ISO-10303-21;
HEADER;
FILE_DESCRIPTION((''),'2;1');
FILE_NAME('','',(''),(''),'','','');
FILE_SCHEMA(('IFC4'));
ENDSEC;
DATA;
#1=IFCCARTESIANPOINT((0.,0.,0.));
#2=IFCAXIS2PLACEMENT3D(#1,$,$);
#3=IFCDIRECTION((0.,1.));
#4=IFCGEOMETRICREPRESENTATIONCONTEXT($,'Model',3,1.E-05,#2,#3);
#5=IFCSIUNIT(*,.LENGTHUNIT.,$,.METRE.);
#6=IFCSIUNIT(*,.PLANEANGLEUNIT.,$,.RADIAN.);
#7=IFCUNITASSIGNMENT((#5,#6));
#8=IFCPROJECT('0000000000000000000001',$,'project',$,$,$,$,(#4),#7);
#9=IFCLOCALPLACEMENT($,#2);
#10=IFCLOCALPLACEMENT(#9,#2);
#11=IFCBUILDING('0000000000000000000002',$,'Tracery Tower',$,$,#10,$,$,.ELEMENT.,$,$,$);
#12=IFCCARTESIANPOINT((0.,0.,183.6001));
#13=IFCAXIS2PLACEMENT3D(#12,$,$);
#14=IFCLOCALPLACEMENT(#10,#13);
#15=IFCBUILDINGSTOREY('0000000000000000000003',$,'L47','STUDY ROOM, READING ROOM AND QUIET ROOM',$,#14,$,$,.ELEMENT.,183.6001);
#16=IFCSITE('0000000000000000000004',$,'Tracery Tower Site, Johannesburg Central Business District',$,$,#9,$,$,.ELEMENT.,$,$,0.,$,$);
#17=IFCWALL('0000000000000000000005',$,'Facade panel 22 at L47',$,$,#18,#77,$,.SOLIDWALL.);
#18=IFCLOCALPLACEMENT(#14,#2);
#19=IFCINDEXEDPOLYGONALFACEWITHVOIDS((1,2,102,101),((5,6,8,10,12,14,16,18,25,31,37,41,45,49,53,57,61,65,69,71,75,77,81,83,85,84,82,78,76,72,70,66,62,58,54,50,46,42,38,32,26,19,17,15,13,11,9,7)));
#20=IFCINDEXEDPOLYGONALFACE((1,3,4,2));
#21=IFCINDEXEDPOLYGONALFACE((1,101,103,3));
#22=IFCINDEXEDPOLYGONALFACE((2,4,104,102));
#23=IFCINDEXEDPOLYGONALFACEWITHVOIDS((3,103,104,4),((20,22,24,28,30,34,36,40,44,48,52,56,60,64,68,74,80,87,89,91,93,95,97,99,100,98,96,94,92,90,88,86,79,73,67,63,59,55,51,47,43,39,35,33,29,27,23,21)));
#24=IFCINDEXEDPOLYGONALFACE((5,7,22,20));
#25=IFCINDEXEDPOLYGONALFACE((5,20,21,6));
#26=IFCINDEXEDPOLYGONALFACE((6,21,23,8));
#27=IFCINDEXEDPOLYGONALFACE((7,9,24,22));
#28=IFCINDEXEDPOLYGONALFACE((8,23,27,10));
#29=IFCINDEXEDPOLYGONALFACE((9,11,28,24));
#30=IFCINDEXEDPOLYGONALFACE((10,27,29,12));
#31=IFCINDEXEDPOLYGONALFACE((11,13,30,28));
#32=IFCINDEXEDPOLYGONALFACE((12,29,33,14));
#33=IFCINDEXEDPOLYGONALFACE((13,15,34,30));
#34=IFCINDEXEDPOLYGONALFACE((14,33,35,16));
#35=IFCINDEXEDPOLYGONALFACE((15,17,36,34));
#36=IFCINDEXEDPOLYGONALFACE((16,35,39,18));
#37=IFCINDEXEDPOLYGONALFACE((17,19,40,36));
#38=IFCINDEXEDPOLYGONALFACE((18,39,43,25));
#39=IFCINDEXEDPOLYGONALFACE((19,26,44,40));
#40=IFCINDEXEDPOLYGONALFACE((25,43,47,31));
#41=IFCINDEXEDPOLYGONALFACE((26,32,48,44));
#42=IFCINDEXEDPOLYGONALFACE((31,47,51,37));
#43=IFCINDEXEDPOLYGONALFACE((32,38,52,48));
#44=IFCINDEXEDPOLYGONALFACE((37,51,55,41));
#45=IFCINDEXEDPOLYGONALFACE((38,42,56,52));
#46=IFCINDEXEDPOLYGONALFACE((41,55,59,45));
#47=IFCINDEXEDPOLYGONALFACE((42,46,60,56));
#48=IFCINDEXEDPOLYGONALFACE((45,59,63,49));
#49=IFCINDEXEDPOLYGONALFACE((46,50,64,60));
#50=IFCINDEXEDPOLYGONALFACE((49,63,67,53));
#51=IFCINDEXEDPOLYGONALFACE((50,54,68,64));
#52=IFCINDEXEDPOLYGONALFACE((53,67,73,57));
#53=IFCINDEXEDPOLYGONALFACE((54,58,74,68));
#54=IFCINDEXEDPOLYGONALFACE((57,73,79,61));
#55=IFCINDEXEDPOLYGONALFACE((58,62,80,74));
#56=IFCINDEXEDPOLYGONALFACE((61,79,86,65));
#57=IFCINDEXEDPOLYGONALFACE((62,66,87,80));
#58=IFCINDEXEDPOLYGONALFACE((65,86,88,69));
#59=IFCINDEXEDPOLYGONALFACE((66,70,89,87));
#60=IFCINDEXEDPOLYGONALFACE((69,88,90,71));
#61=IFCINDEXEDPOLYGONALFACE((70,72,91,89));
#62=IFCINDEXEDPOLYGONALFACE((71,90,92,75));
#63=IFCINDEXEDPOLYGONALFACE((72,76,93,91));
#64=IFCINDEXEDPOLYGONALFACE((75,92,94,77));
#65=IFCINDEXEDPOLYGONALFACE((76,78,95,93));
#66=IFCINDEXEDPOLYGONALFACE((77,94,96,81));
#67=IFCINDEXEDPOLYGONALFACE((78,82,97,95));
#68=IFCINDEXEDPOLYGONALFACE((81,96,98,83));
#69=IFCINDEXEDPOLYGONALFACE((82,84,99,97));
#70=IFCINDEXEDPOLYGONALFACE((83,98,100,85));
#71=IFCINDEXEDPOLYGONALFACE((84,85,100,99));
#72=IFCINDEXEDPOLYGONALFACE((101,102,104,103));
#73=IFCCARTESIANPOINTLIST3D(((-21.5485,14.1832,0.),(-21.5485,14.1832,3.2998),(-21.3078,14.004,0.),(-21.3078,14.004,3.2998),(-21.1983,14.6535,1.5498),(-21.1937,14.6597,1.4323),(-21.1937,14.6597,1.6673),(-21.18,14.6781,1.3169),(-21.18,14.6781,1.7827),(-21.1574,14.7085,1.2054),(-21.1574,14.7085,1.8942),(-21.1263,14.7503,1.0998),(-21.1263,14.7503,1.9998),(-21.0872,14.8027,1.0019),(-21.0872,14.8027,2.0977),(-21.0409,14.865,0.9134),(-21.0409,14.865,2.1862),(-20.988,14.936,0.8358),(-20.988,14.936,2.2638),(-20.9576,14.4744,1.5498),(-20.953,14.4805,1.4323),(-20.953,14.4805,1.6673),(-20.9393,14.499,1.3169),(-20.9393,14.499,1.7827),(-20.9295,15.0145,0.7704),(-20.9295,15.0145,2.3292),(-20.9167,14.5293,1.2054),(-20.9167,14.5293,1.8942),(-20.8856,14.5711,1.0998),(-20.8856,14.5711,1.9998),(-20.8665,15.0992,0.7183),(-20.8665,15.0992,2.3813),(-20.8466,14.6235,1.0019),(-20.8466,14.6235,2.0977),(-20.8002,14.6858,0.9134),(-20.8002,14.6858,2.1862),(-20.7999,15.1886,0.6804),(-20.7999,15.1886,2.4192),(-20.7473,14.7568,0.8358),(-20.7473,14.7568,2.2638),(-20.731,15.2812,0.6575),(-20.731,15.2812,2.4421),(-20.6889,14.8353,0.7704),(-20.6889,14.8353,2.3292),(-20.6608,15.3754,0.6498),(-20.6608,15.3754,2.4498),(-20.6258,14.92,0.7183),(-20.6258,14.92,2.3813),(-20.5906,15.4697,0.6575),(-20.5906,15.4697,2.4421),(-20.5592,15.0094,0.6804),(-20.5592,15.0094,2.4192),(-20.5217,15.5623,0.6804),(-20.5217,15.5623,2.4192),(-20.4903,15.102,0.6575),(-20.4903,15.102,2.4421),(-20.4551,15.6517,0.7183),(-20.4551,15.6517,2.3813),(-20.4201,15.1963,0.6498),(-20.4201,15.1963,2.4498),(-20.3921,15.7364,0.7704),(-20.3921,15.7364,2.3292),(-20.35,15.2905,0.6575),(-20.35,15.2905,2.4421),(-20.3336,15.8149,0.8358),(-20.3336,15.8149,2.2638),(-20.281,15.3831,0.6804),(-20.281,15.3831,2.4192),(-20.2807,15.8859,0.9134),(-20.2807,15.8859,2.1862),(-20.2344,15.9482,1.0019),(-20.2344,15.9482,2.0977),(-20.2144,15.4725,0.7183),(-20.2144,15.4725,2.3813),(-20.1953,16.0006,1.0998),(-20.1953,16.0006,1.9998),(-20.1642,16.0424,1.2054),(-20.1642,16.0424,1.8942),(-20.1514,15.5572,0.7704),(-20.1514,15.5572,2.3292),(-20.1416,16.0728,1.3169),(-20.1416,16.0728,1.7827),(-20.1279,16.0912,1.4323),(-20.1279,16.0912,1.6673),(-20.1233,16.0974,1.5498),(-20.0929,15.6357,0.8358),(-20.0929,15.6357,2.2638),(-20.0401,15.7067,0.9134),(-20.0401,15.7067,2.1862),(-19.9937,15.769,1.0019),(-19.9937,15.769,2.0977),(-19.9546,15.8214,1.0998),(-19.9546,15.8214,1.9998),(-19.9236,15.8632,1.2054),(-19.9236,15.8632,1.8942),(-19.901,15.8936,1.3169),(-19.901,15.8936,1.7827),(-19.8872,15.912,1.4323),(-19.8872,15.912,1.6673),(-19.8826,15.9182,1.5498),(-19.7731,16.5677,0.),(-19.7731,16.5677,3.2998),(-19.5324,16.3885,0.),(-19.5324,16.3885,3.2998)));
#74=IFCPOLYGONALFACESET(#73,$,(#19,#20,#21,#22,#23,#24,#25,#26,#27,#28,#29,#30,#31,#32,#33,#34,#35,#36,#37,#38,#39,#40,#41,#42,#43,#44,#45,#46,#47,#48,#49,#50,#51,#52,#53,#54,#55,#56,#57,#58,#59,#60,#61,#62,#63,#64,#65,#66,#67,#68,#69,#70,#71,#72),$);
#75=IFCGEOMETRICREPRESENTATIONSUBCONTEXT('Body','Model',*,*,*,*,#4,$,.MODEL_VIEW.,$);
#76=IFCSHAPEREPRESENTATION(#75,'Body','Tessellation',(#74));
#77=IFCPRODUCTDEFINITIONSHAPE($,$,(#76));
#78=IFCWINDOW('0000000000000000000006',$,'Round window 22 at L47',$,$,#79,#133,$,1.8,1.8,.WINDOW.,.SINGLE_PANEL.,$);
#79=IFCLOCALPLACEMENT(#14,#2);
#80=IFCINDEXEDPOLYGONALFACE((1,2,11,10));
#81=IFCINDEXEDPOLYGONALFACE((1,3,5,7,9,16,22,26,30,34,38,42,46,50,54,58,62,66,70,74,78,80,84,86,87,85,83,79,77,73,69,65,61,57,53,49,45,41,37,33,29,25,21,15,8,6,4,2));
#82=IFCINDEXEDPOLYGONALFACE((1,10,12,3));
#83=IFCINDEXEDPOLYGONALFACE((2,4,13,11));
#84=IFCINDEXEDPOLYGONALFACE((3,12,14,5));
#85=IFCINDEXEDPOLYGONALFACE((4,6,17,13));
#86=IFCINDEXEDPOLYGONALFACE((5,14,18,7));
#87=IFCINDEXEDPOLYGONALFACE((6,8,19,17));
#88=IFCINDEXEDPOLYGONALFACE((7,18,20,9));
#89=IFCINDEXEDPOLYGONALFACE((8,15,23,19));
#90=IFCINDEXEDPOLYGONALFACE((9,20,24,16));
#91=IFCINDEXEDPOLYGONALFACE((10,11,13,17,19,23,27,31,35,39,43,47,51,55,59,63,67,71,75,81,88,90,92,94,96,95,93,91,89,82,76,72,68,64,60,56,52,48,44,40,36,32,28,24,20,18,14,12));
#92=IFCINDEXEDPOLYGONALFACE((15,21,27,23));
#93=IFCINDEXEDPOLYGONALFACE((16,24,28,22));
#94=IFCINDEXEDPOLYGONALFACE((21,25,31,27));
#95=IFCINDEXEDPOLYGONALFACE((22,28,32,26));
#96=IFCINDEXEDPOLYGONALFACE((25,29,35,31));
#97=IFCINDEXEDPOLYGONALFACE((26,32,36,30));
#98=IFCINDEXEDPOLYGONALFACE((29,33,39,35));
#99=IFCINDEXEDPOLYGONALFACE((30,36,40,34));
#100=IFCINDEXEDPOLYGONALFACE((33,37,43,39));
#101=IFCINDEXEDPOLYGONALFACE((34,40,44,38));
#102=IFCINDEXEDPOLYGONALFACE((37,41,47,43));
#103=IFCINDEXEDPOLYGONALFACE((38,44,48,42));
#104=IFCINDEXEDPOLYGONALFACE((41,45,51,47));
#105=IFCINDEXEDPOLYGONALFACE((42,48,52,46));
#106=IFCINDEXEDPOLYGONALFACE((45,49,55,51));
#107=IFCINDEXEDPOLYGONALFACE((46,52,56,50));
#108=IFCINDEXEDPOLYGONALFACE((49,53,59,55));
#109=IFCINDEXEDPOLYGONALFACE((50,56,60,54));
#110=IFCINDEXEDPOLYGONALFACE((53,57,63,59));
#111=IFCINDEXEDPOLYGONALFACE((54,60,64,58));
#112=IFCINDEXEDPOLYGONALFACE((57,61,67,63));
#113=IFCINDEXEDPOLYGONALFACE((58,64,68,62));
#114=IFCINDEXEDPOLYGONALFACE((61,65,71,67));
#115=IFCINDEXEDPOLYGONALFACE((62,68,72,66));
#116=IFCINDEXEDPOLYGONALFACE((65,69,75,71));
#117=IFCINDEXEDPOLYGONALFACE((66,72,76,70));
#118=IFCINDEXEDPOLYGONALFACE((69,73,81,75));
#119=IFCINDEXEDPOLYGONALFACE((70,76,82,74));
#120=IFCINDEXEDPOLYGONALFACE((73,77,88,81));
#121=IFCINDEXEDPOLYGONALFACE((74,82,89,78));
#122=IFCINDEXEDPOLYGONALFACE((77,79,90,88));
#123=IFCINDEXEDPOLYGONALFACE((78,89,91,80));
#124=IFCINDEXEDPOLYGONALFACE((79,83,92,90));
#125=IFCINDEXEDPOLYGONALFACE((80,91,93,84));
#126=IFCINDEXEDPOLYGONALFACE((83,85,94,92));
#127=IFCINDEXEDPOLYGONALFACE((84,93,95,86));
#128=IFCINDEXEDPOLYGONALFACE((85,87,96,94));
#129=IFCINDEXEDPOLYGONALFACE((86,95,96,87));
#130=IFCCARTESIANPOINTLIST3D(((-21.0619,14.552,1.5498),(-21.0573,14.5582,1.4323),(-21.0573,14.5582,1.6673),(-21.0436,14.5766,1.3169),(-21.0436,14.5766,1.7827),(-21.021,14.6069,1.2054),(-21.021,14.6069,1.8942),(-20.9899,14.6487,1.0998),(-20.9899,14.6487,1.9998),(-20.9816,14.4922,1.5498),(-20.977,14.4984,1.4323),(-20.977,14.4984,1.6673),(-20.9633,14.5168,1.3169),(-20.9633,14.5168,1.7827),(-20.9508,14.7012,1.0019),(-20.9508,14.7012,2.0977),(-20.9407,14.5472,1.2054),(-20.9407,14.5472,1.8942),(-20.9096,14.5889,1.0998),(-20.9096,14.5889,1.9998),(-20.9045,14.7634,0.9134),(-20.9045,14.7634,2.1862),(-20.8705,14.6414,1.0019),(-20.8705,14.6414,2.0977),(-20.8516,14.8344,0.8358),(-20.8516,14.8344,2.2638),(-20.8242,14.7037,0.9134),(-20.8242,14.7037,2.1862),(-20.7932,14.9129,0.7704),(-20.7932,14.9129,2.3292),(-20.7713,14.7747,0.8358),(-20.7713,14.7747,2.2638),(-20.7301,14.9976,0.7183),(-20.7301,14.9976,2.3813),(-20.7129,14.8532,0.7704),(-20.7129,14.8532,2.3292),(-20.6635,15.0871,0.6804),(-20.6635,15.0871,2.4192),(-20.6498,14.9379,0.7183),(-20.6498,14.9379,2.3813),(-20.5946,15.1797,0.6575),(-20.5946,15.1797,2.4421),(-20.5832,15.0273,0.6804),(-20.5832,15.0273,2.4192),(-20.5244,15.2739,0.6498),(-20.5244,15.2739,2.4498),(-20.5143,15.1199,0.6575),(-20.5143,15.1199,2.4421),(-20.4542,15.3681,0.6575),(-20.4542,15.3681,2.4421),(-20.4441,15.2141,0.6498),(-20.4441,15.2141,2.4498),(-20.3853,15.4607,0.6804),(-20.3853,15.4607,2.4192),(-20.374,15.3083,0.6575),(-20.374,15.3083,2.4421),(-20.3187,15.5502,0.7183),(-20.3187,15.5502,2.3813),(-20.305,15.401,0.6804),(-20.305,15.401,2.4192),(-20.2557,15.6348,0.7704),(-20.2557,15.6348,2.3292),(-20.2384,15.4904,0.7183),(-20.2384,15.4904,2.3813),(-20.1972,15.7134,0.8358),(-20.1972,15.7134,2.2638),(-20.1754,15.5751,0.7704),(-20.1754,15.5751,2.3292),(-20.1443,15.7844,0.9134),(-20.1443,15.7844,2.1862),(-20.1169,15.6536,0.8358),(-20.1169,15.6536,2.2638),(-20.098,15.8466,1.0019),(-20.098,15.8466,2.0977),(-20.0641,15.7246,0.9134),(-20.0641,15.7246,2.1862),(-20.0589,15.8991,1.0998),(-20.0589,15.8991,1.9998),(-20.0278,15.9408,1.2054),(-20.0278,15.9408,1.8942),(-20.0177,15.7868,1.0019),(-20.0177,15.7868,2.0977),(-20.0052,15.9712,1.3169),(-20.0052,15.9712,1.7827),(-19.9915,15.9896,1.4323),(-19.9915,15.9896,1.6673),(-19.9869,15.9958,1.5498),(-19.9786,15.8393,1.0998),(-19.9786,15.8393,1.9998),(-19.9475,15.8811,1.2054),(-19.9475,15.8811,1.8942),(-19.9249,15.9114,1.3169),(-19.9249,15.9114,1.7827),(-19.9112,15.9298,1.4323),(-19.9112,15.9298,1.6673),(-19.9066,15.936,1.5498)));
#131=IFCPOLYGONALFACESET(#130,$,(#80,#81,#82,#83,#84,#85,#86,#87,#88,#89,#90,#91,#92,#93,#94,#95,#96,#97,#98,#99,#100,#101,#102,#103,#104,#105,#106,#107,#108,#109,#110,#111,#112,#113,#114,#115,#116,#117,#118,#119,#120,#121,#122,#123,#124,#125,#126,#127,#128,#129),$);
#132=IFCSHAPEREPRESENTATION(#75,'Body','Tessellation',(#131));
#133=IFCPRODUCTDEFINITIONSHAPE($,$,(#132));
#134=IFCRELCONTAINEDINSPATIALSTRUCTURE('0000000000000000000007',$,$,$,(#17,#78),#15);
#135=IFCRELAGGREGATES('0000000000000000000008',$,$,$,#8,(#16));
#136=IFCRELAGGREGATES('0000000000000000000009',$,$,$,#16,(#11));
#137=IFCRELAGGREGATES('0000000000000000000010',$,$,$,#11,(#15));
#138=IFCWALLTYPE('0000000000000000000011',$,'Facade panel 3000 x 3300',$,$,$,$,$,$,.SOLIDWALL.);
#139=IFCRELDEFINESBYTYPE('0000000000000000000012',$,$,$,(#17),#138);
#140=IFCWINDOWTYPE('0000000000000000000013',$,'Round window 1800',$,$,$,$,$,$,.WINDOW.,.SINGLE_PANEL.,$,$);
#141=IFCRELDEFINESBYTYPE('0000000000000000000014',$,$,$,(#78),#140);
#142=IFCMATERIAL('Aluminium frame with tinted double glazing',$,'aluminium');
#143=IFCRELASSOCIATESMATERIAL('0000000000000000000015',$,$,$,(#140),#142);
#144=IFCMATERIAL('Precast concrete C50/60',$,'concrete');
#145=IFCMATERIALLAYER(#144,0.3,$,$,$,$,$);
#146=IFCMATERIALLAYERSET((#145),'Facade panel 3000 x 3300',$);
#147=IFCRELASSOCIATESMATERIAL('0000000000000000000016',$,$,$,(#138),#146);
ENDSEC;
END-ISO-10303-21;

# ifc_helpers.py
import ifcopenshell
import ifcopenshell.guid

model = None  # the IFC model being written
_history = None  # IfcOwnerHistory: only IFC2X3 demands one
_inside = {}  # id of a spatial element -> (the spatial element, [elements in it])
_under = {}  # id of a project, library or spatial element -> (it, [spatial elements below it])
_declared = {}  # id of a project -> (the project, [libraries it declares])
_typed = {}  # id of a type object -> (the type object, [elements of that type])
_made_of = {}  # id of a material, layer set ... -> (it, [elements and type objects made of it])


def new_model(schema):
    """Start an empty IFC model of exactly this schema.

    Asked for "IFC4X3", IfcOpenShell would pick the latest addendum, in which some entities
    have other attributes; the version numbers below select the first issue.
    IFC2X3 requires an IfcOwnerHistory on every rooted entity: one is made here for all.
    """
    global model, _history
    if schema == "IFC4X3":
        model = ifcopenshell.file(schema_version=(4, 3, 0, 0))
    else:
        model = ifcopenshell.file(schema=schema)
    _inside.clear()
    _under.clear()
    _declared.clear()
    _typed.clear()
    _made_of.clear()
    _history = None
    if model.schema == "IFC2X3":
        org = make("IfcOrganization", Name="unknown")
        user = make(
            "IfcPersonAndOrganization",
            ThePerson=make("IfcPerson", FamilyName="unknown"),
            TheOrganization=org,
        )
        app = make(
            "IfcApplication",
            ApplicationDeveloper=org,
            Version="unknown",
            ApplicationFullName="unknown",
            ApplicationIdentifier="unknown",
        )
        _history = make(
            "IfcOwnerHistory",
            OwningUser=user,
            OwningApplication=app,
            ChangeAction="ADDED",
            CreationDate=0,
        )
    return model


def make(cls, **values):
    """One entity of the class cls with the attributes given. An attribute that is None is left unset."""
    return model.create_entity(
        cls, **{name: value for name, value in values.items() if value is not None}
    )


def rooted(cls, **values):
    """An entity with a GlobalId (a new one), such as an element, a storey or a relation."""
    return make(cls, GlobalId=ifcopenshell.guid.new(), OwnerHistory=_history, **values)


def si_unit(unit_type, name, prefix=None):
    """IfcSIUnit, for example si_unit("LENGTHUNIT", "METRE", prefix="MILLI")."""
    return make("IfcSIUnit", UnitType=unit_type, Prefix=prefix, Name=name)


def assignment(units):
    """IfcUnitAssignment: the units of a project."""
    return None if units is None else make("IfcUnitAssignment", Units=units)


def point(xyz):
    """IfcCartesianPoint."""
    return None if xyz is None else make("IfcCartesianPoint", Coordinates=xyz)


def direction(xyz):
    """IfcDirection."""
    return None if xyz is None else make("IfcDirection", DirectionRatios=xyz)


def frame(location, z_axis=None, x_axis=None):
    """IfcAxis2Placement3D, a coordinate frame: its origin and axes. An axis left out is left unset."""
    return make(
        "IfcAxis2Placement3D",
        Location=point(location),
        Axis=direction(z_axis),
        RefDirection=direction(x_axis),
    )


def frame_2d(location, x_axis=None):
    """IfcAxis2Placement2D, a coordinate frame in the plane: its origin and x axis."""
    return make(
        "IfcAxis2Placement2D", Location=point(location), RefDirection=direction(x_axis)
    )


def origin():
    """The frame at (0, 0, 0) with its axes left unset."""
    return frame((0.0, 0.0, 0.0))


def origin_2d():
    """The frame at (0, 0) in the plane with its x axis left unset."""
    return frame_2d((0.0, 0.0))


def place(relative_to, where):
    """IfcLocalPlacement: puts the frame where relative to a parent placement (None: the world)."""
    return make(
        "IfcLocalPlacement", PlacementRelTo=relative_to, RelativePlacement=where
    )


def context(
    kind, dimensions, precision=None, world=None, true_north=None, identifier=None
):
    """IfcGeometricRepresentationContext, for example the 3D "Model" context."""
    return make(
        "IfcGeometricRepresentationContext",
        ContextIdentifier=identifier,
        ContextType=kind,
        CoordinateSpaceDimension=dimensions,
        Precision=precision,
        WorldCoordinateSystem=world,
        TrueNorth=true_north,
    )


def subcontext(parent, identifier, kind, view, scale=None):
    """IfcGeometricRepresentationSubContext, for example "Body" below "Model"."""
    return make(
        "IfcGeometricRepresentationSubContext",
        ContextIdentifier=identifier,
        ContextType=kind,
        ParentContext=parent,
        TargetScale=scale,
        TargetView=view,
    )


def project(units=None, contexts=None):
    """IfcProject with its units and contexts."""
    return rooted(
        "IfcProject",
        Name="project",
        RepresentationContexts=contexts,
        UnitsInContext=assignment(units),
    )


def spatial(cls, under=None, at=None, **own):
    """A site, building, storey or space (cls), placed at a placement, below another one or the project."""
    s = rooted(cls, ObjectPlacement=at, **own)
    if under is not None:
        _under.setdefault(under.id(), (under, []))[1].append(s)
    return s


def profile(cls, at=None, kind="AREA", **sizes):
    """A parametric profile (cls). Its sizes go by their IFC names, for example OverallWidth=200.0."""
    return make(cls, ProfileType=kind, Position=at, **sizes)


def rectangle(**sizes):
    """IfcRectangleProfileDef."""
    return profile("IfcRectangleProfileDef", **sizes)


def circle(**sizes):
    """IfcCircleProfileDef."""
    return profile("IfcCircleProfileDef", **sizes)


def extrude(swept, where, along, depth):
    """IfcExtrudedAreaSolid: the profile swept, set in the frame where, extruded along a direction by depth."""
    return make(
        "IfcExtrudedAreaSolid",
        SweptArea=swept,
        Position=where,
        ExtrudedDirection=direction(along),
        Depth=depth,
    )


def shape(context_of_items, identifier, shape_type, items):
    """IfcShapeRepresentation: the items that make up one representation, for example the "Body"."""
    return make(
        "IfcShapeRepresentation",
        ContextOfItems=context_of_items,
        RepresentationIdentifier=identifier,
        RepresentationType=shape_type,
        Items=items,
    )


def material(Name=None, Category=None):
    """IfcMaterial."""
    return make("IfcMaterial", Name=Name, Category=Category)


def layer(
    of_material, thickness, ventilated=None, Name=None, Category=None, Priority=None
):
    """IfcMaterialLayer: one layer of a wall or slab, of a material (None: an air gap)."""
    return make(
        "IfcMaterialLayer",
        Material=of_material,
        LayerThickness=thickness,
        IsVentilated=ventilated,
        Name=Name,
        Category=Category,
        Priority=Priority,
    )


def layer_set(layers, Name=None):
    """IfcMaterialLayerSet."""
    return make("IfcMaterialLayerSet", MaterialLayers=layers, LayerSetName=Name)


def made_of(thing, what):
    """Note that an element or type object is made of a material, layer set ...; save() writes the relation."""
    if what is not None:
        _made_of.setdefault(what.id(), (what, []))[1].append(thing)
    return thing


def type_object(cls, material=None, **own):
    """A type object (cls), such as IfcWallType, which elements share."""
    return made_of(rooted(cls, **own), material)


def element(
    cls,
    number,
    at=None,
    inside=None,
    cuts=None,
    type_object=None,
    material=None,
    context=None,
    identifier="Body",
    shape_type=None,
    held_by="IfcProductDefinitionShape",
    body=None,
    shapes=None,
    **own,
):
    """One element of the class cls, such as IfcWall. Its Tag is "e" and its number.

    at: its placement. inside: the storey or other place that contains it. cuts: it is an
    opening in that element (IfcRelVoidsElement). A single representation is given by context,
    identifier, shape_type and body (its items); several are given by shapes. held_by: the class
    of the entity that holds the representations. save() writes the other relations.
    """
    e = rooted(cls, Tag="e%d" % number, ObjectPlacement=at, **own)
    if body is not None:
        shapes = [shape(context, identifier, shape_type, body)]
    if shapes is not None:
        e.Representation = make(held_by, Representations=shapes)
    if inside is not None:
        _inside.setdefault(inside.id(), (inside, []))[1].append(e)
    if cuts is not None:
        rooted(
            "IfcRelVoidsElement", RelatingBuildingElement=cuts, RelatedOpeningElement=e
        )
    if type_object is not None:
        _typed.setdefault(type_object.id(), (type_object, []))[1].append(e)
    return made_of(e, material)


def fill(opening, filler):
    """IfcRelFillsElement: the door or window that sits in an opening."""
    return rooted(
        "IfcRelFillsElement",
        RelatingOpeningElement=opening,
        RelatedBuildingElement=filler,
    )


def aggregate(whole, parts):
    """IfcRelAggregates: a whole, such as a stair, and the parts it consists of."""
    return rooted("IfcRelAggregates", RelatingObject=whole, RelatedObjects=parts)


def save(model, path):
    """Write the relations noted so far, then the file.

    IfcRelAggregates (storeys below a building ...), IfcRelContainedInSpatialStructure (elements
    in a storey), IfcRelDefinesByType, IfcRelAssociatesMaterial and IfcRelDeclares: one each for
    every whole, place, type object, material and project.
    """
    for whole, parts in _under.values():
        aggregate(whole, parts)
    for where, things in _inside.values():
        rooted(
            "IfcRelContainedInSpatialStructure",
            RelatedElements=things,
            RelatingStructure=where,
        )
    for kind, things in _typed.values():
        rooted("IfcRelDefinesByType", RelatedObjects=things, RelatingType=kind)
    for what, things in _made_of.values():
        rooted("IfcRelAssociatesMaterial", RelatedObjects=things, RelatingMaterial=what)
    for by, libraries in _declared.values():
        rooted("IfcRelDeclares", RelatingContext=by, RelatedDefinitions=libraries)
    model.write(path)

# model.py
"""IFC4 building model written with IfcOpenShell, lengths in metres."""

from ifc_helpers import new_model, si_unit, direction, frame, frame_2d, origin, origin_2d, place, context, subcontext, project, spatial, rectangle, circle, extrude, material, layer, layer_set, type_object, element, fill, save


model = new_model("IFC4")

# Units and contexts
model_context = context("Model", 3, precision=1e-05, world=origin(), true_north=direction((0.0, 1.0)))
body_context = subcontext(model_context, "Body", "Model", "MODEL_VIEW")
ifc_project = project(units=[si_unit("LENGTHUNIT", "METRE"), si_unit("PLANEANGLEUNIT", "RADIAN")], contexts=[model_context])

# Site, building, storey
site_placement = place(None, origin())
site = spatial("IfcSite", under=ifc_project, at=site_placement, Name="Tracery Tower Site, Johannesburg Central Business District", CompositionType="ELEMENT", RefElevation=0.0)
building_placement = place(site_placement, origin())
building = spatial("IfcBuilding", under=site, at=building_placement, Name="Tracery Tower", CompositionType="ELEMENT")
storey_placement = place(building_placement, frame((0.0, 0.0, 183.6001)))
storey = spatial("IfcBuildingStorey", under=building, at=storey_placement, Name="L47", Description="STUDY ROOM, READING ROOM AND QUIET ROOM", CompositionType="ELEMENT", Elevation=183.6001)

# Wall, opening, window
ifc_material_1 = material(Name="Aluminium frame with tinted double glazing", Category="aluminium")
window_type = type_object("IfcWindowType", Name="Round window 1800", PartitioningType="SINGLE_PANEL", PredefinedType="WINDOW", material=ifc_material_1)
ifc_material_2 = material(Name="Precast concrete C50/60", Category="concrete")
ifc_layer_1 = layer(ifc_material_2, 0.3)
ifc_layer_set_1 = layer_set([ifc_layer_1], Name="Facade panel 3000 x 3300")
wall_type_1 = type_object("IfcWallType", Name="Facade panel 3000 x 3300", PredefinedType="SOLIDWALL", material=ifc_layer_set_1)
wall_1_placement = place(storey_placement, frame((-19.6528, 16.478, 0.0), z_axis=(0.0, 0.0, 1.0), x_axis=(-0.597198, -0.802094, 0.0)))
wall_1 = element("IfcWall", 1, at=wall_1_placement, inside=storey, type_object=wall_type_1, Name="Facade panel 22 at L47", PredefinedType="SOLIDWALL", context=body_context, shape_type="SweptSolid", body=[
    extrude(rectangle(XDim=2.9729, YDim=0.3, at=frame_2d((1.4863, 0.0))), origin(), (0.0, 0.0, 1.0), 3.2998),
])
opening_1_placement = place(wall_1_placement, frame((1.4863, 0.0, 1.5498)))
opening_1 = element("IfcOpeningElement", 2, at=opening_1_placement, cuts=wall_1, PredefinedType="OPENING", context=body_context, shape_type="SweptSolid", body=[
    extrude(circle(Radius=0.9, at=origin_2d()), frame((0.0, 0.1599, 0.0), z_axis=(0.0, -1.0, 0.0), x_axis=(1.0, 0.0, 0.0)), (0.0, 0.0, 1.0), 0.3201),
])
window_1_placement = place(opening_1_placement, origin())
window_1 = element("IfcWindow", 3, at=window_1_placement, inside=storey, type_object=window_type, Name="Round window 22 at L47", OverallHeight=1.8, OverallWidth=1.8, PartitioningType="SINGLE_PANEL", PredefinedType="WINDOW", context=body_context, shape_type="SweptSolid", body=[
    extrude(circle(Radius=0.9, at=origin_2d()), frame((0.0, 0.1201, 0.0), z_axis=(0.0, -1.0, 0.0), x_axis=(1.0, 0.0, 0.0)), (0.0, 0.0, 1.0), 0.1001),
])
fill(opening_1, window_1)

save(model, "model.ifc")
